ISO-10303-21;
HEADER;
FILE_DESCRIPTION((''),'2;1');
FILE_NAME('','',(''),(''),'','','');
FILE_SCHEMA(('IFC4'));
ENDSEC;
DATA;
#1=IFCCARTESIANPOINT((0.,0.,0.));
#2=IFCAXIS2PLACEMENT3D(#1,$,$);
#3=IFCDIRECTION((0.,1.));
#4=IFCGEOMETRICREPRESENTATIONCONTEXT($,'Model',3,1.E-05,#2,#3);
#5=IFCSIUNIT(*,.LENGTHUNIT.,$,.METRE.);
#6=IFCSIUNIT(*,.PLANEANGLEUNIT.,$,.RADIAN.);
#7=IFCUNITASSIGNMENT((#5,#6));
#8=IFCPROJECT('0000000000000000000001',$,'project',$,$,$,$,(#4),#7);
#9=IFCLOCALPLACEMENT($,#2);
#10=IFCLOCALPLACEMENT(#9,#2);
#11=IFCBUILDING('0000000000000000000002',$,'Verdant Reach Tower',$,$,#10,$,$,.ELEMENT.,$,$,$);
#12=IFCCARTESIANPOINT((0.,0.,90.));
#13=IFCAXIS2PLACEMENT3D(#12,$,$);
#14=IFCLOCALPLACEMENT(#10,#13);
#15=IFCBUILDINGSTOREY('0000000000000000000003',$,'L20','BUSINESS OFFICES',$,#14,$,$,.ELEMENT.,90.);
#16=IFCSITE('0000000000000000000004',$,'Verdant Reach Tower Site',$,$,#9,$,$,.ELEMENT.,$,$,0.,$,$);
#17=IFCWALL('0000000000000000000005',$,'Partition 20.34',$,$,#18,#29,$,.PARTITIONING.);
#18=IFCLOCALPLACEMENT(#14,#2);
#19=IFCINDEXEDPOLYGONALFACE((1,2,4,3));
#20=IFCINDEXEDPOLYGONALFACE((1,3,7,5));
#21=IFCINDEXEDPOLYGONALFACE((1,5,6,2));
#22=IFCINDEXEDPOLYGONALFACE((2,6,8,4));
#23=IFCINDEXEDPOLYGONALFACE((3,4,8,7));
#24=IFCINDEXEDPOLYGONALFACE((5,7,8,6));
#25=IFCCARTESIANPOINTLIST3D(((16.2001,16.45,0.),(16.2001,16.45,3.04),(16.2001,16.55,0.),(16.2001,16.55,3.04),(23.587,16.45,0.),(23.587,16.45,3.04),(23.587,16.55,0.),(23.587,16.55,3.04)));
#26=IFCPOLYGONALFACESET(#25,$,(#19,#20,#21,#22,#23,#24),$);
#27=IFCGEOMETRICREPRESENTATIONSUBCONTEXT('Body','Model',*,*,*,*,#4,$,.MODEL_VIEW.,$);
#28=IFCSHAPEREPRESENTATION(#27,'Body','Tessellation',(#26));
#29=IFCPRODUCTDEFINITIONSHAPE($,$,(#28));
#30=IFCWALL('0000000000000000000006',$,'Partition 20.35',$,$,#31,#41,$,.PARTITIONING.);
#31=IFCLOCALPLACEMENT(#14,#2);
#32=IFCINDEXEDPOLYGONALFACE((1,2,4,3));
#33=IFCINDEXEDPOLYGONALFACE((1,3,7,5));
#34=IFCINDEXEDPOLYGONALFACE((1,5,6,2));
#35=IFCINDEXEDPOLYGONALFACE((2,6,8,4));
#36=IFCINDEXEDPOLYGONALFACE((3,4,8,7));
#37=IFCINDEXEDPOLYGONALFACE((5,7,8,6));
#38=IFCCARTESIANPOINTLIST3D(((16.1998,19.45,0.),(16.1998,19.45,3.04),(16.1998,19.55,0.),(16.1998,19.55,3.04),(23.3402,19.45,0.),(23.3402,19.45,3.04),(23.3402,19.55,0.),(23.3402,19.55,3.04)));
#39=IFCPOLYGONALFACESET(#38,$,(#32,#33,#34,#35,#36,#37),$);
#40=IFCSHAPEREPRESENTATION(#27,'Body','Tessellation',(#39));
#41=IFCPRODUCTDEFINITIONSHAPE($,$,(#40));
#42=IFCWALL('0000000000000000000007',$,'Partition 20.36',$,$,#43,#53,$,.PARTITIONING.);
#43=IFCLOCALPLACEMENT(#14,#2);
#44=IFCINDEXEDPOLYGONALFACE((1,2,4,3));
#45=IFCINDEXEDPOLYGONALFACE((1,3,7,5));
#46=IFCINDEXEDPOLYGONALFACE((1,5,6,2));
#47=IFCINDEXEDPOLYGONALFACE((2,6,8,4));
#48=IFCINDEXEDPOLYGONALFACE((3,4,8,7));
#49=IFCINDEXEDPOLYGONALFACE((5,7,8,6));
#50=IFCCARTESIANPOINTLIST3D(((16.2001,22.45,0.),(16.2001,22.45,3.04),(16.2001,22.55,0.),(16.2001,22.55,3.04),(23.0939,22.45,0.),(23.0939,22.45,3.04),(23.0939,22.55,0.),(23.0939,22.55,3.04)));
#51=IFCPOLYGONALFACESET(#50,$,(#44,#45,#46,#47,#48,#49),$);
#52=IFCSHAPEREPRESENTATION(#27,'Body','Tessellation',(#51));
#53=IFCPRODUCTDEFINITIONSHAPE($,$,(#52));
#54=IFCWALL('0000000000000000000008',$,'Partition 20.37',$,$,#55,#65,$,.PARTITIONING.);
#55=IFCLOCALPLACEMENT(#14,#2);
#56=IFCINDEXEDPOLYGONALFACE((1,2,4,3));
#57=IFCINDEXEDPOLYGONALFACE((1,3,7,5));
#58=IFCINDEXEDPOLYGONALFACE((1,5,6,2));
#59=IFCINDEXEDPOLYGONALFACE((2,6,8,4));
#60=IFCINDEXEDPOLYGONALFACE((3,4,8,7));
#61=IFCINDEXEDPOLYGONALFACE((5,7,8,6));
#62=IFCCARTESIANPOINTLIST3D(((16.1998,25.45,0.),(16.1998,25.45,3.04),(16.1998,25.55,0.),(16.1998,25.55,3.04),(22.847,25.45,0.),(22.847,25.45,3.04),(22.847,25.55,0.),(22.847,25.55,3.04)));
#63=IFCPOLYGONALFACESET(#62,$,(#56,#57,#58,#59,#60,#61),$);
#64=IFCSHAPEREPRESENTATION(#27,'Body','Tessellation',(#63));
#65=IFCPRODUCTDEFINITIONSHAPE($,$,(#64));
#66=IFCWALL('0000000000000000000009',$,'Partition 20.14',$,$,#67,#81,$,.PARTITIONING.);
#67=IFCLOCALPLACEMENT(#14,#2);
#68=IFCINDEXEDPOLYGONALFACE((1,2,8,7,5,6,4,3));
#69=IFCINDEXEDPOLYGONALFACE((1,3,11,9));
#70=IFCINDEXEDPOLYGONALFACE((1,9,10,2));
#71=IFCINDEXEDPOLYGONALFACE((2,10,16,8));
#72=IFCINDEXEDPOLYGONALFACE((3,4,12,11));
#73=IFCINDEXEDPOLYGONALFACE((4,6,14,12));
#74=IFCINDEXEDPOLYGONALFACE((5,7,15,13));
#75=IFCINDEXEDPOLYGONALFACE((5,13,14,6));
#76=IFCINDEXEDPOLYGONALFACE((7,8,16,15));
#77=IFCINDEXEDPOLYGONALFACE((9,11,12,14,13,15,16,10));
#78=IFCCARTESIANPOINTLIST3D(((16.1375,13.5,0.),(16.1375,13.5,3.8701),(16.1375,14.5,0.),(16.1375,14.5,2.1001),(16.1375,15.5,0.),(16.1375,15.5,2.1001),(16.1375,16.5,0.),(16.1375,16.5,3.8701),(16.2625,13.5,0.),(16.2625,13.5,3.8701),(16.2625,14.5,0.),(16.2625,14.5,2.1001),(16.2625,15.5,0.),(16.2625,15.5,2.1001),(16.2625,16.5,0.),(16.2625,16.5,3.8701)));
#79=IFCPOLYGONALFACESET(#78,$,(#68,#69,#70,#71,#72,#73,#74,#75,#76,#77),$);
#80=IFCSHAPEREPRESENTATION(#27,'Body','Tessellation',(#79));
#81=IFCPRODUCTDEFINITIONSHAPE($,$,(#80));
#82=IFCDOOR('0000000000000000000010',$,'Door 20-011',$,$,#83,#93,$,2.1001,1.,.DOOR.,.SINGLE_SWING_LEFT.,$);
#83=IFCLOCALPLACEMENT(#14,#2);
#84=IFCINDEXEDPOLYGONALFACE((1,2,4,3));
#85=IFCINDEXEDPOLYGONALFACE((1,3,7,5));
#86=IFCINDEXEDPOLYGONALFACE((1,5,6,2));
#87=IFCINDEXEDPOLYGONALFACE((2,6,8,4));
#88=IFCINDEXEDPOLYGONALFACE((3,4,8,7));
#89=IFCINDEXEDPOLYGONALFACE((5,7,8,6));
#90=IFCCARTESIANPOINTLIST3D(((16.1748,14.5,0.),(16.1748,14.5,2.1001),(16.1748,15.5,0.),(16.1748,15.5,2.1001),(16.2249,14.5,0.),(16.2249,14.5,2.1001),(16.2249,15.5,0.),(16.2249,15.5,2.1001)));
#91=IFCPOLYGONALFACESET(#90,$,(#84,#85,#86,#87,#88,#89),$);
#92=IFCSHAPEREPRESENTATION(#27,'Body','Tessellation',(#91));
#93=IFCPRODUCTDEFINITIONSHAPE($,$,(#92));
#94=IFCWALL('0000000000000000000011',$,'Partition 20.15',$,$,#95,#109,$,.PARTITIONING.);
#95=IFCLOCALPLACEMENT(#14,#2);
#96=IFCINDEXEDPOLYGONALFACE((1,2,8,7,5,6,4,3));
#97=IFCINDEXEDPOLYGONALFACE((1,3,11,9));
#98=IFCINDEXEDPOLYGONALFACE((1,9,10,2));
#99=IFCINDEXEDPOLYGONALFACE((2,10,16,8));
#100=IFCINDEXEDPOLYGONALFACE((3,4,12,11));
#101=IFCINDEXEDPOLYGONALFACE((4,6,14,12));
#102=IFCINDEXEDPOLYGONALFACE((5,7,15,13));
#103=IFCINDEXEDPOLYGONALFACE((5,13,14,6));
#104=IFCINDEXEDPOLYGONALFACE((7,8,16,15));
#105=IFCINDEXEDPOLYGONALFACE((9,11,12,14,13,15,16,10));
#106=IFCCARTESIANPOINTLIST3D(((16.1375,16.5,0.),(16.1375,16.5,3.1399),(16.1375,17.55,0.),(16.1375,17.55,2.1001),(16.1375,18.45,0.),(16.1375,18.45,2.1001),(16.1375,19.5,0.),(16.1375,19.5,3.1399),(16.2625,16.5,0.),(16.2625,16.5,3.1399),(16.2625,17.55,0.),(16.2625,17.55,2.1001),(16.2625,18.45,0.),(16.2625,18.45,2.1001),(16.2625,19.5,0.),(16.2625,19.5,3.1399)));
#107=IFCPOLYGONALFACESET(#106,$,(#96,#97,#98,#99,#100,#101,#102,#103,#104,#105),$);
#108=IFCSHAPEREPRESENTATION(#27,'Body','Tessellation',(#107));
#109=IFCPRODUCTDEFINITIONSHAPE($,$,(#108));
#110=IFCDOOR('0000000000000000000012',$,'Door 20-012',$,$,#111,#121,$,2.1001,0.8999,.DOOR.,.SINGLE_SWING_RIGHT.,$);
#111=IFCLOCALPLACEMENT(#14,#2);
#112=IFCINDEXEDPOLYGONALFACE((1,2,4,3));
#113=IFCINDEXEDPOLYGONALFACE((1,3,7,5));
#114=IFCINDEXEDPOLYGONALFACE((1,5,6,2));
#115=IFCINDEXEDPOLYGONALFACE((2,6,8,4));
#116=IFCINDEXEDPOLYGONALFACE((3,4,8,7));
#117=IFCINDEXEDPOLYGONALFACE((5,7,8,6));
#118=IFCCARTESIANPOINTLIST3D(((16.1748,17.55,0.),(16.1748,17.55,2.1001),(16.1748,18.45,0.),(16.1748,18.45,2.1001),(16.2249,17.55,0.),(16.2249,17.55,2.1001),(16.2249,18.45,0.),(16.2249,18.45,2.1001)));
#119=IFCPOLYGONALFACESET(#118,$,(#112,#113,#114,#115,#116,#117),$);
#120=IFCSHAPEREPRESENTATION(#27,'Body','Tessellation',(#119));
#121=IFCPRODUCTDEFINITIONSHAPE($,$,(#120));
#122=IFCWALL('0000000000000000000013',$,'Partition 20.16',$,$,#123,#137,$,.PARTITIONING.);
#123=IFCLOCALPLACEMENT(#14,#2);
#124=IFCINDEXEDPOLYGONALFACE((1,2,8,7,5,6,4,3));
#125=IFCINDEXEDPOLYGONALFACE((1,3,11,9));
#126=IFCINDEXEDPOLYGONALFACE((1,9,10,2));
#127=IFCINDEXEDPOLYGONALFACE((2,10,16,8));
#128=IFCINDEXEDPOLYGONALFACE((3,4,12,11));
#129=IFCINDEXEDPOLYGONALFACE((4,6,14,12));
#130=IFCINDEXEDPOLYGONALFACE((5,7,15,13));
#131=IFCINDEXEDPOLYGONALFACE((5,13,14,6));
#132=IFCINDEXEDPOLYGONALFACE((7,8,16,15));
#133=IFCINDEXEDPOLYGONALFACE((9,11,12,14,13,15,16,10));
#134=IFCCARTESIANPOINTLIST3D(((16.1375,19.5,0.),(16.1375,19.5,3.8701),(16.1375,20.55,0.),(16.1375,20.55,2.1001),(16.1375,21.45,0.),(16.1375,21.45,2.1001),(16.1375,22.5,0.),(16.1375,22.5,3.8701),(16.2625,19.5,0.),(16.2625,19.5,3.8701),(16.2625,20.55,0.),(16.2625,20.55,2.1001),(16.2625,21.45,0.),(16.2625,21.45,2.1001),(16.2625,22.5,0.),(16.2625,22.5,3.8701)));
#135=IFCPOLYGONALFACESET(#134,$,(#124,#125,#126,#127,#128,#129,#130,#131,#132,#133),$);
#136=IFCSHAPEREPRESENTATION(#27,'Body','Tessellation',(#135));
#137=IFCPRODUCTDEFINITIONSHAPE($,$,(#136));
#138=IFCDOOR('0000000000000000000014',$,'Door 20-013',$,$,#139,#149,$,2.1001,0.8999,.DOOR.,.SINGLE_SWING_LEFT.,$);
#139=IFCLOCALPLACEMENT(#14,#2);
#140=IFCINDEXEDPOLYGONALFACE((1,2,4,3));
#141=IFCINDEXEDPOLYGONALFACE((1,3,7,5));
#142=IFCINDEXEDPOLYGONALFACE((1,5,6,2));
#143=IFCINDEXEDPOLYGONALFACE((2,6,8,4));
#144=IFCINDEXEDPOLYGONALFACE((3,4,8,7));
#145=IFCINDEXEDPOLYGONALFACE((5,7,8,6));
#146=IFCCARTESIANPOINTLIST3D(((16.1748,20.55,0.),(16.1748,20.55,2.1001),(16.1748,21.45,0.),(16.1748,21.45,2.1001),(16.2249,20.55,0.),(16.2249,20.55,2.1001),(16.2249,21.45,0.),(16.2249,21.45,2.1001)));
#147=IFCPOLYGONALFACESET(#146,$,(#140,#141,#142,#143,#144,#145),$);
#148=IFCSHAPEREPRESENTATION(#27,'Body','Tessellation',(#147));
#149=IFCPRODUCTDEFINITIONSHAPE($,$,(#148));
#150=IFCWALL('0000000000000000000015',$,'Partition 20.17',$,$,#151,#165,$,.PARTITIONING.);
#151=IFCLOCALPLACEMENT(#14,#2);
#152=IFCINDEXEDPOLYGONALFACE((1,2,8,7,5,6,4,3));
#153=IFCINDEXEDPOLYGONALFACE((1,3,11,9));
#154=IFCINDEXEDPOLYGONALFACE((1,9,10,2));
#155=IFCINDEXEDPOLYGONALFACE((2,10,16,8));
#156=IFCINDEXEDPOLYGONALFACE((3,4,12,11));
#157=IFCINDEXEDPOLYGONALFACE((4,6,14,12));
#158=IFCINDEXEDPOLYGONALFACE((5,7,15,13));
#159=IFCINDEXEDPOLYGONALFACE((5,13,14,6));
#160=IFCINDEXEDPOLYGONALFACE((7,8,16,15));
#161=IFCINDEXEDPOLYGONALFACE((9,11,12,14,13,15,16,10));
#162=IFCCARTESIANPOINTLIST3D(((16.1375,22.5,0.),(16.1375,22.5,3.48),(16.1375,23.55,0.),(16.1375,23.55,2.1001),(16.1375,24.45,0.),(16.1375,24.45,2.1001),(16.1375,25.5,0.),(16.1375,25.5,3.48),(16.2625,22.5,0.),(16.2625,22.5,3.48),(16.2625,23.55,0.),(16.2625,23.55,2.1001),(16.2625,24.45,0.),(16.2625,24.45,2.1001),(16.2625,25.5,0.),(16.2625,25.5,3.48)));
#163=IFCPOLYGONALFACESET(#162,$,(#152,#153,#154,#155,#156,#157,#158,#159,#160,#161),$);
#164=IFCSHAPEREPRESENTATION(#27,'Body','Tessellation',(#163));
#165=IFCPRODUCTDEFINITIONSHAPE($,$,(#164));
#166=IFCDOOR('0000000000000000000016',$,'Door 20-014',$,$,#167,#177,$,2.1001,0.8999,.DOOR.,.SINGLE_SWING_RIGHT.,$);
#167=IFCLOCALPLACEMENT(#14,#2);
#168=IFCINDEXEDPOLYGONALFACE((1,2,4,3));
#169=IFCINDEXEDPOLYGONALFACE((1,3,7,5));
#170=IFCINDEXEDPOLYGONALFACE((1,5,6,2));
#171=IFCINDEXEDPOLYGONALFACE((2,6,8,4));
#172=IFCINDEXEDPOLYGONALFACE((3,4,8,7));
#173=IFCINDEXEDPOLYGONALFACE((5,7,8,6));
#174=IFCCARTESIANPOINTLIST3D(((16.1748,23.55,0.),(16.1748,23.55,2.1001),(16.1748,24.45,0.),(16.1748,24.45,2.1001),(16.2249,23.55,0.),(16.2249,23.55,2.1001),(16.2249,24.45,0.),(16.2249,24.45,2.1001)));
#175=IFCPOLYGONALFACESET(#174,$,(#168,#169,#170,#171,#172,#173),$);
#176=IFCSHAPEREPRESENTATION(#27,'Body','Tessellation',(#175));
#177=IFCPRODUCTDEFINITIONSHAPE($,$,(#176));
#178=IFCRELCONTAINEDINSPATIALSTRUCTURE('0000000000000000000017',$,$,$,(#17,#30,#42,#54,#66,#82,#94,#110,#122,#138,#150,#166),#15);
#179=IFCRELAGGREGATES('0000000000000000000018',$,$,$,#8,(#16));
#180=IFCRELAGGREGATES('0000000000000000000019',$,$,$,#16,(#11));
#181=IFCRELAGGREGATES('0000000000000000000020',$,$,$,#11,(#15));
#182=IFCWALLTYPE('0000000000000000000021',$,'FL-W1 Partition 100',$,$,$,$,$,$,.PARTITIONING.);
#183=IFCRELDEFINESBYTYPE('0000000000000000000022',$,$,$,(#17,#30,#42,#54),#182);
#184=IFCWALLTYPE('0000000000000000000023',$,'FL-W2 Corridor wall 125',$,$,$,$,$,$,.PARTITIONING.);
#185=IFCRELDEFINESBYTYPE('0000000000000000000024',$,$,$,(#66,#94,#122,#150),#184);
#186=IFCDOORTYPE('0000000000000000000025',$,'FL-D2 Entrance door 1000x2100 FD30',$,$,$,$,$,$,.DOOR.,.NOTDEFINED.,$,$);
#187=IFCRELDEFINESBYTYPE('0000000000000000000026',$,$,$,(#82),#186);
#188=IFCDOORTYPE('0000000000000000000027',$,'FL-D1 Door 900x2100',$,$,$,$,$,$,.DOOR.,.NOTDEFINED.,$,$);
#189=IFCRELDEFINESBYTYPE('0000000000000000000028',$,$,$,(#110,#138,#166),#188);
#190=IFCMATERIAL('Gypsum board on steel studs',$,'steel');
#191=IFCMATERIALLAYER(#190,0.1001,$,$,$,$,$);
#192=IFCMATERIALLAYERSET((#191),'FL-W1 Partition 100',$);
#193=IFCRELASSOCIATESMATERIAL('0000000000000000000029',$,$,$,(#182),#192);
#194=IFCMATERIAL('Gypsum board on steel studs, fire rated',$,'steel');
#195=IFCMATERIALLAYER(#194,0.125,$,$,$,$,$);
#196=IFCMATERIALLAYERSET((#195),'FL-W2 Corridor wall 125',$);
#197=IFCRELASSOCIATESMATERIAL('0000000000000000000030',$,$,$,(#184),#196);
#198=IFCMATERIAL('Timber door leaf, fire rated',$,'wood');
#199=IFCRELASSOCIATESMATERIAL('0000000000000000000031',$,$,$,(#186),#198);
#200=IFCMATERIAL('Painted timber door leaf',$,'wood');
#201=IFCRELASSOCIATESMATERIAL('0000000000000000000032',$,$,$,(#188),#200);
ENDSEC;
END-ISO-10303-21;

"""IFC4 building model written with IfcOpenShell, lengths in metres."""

from ifc_helpers import new_model, si_unit, direction, frame, frame_2d, origin, place, context, subcontext, project, spatial, rectangle, extrude, material, layer, layer_set, type_object, element, fill, save


model = new_model("IFC4")

# Units and contexts
model_context = context("Model", 3, precision=1e-05, world=origin(), true_north=direction((0.0, 1.0)))
body_context = subcontext(model_context, "Body", "Model", "MODEL_VIEW")
ifc_project = project(units=[si_unit("LENGTHUNIT", "METRE"), si_unit("PLANEANGLEUNIT", "RADIAN")], contexts=[model_context])

# Site, building, storey
site_placement = place(None, origin())
site = spatial("IfcSite", under=ifc_project, at=site_placement, Name="Verdant Reach Tower Site", CompositionType="ELEMENT", RefElevation=0.0)
building_placement = place(site_placement, origin())
building = spatial("IfcBuilding", under=site, at=building_placement, Name="Verdant Reach Tower", CompositionType="ELEMENT")
storey_placement = place(building_placement, frame((0.0, 0.0, 90.0)))
storey = spatial("IfcBuildingStorey", under=building, at=storey_placement, Name="L20", Description="BUSINESS OFFICES", CompositionType="ELEMENT", Elevation=90.0)

# Walls
ifc_material_1 = material(Name="Gypsum board on steel studs", Category="steel")
ifc_layer_1 = layer(ifc_material_1, 0.1001)
ifc_layer_set_1 = layer_set([ifc_layer_1], Name="FL-W1 Partition 100")
wall_type_1 = type_object("IfcWallType", Name="FL-W1 Partition 100", PredefinedType="PARTITIONING", material=ifc_layer_set_1)
wall_1_placement = place(storey_placement, frame((23.5869, 16.5, 0.0), z_axis=(0.0, 0.0, 1.0), x_axis=(-1.0, 0.0, 0.0)))
element("IfcWall", 1, at=wall_1_placement, inside=storey, type_object=wall_type_1, Name="Partition 20.34", PredefinedType="PARTITIONING", context=body_context, shape_type="SweptSolid", body=[
    extrude(rectangle(XDim=7.387, YDim=0.1001, at=frame_2d((3.6934, 0.0))), origin(), (0.0, 0.0, 1.0), 3.04),
])
wall_2_placement = place(storey_placement, frame((23.3403, 19.5, 0.0), z_axis=(0.0, 0.0, 1.0), x_axis=(-1.0, 0.0, 0.0)))
element("IfcWall", 2, at=wall_2_placement, inside=storey, type_object=wall_type_1, Name="Partition 20.35", PredefinedType="PARTITIONING", context=body_context, shape_type="SweptSolid", body=[
    extrude(rectangle(XDim=7.1404, YDim=0.1001, at=frame_2d((3.5703, 0.0))), origin(), (0.0, 0.0, 1.0), 3.04),
])
wall_3_placement = place(storey_placement, frame((23.0938, 22.5, 0.0), z_axis=(0.0, 0.0, 1.0), x_axis=(-1.0, 0.0, 0.0)))
element("IfcWall", 3, at=wall_3_placement, inside=storey, type_object=wall_type_1, Name="Partition 20.36", PredefinedType="PARTITIONING", context=body_context, shape_type="SweptSolid", body=[
    extrude(rectangle(XDim=6.8938, YDim=0.1001, at=frame_2d((3.4468, 0.0))), origin(), (0.0, 0.0, 1.0), 3.04),
])
wall_4_placement = place(storey_placement, frame((22.8472, 25.5, 0.0), z_axis=(0.0, 0.0, 1.0), x_axis=(-1.0, 0.0, 0.0)))
element("IfcWall", 4, at=wall_4_placement, inside=storey, type_object=wall_type_1, Name="Partition 20.37", PredefinedType="PARTITIONING", context=body_context, shape_type="SweptSolid", body=[
    extrude(rectangle(XDim=6.6472, YDim=0.1001, at=frame_2d((3.3237, 0.0))), origin(), (0.0, 0.0, 1.0), 3.04),
])

# Walls, openings, doors
ifc_material_2 = material(Name="Gypsum board on steel studs, fire rated", Category="steel")
ifc_layer_2 = layer(ifc_material_2, 0.125)
ifc_layer_set_2 = layer_set([ifc_layer_2], Name="FL-W2 Corridor wall 125")
wall_type_2 = type_object("IfcWallType", Name="FL-W2 Corridor wall 125", PredefinedType="PARTITIONING", material=ifc_layer_set_2)
wall_5_placement = place(storey_placement, frame((16.2, 16.5, 0.0), z_axis=(0.0, 0.0, 1.0), x_axis=(0.0, -1.0, 0.0)))
wall_5 = element("IfcWall", 5, at=wall_5_placement, inside=storey, type_object=wall_type_2, Name="Partition 20.14", PredefinedType="PARTITIONING", context=body_context, shape_type="SweptSolid", body=[
    extrude(rectangle(XDim=3.0, YDim=0.125, at=frame_2d((1.5, 0.0))), origin(), (0.0, 0.0, 1.0), 3.8701),
])
opening_1_placement = place(wall_5_placement, frame((1.0, 0.0, 0.0)))
opening_1 = element("IfcOpeningElement", 6, at=opening_1_placement, cuts=wall_5, PredefinedType="OPENING", context=body_context, shape_type="SweptSolid", body=[
    extrude(rectangle(XDim=1.0, YDim=2.1001, at=frame_2d((0.5, 1.05))), frame((0.0, 0.0725, 0.0), z_axis=(0.0, -1.0, 0.0), x_axis=(1.0, 0.0, 0.0)), (0.0, 0.0, 1.0), 0.145),
])
ifc_material_3 = material(Name="Timber door leaf, fire rated", Category="wood")
door_type_1 = type_object("IfcDoorType", Name="FL-D2 Entrance door 1000x2100 FD30", OperationType="NOTDEFINED", PredefinedType="DOOR", material=ifc_material_3)
door_1_placement = place(opening_1_placement, origin())
door_1 = element("IfcDoor", 7, at=door_1_placement, inside=storey, type_object=door_type_1, Name="Door 20-011", OperationType="SINGLE_SWING_LEFT", OverallHeight=2.1001, OverallWidth=1.0, PredefinedType="DOOR", context=body_context, shape_type="SweptSolid", body=[
    extrude(rectangle(XDim=1.0, YDim=2.1001, at=frame_2d((0.5, 1.05))), frame((0.0, 0.0249, 0.0), z_axis=(0.0, -1.0, 0.0), x_axis=(1.0, 0.0, 0.0)), (0.0, 0.0, 1.0), 0.05),
])
fill(opening_1, door_1)
wall_6_placement = place(storey_placement, frame((16.2, 19.5, 0.0), z_axis=(0.0, 0.0, 1.0), x_axis=(0.0, -1.0, 0.0)))
wall_6 = element("IfcWall", 8, at=wall_6_placement, inside=storey, type_object=wall_type_2, Name="Partition 20.15", PredefinedType="PARTITIONING", context=body_context, shape_type="SweptSolid", body=[
    extrude(rectangle(XDim=3.0, YDim=0.125, at=frame_2d((1.5, 0.0))), origin(), (0.0, 0.0, 1.0), 3.1399),
])
opening_2_placement = place(wall_6_placement, frame((1.05, 0.0, 0.0)))
opening_2 = element("IfcOpeningElement", 9, at=opening_2_placement, cuts=wall_6, PredefinedType="OPENING", context=body_context, shape_type="SweptSolid", body=[
    extrude(rectangle(XDim=0.8999, YDim=2.1001, at=frame_2d((0.45, 1.05))), frame((0.0, 0.0725, 0.0), z_axis=(0.0, -1.0, 0.0), x_axis=(1.0, 0.0, 0.0)), (0.0, 0.0, 1.0), 0.145),
])
ifc_material_4 = material(Name="Painted timber door leaf", Category="wood")
door_type_2 = type_object("IfcDoorType", Name="FL-D1 Door 900x2100", OperationType="NOTDEFINED", PredefinedType="DOOR", material=ifc_material_4)
door_2_placement = place(opening_2_placement, origin())
door_2 = element("IfcDoor", 10, at=door_2_placement, inside=storey, type_object=door_type_2, Name="Door 20-012", OperationType="SINGLE_SWING_RIGHT", OverallHeight=2.1001, OverallWidth=0.8999, PredefinedType="DOOR", context=body_context, shape_type="SweptSolid", body=[
    extrude(rectangle(XDim=0.8999, YDim=2.1001, at=frame_2d((0.45, 1.05))), frame((0.0, 0.0249, 0.0), z_axis=(0.0, -1.0, 0.0), x_axis=(1.0, 0.0, 0.0)), (0.0, 0.0, 1.0), 0.05),
])
fill(opening_2, door_2)
wall_7_placement = place(storey_placement, frame((16.2, 22.5, 0.0), z_axis=(0.0, 0.0, 1.0), x_axis=(0.0, -1.0, 0.0)))
wall_7 = element("IfcWall", 11, at=wall_7_placement, inside=storey, type_object=wall_type_2, Name="Partition 20.16", PredefinedType="PARTITIONING", context=body_context, shape_type="SweptSolid", body=[
    extrude(rectangle(XDim=3.0, YDim=0.125, at=frame_2d((1.5, 0.0))), origin(), (0.0, 0.0, 1.0), 3.8701),
])
opening_3_placement = place(wall_7_placement, frame((1.05, 0.0, 0.0)))
opening_3 = element("IfcOpeningElement", 12, at=opening_3_placement, cuts=wall_7, PredefinedType="OPENING", context=body_context, shape_type="SweptSolid", body=[
    extrude(rectangle(XDim=0.8999, YDim=2.1001, at=frame_2d((0.45, 1.05))), frame((0.0, 0.0725, 0.0), z_axis=(0.0, -1.0, 0.0), x_axis=(1.0, 0.0, 0.0)), (0.0, 0.0, 1.0), 0.145),
])
door_3_placement = place(opening_3_placement, origin())
door_3 = element("IfcDoor", 13, at=door_3_placement, inside=storey, type_object=door_type_2, Name="Door 20-013", OperationType="SINGLE_SWING_LEFT", OverallHeight=2.1001, OverallWidth=0.8999, PredefinedType="DOOR", context=body_context, shape_type="SweptSolid", body=[
    extrude(rectangle(XDim=0.8999, YDim=2.1001, at=frame_2d((0.45, 1.05))), frame((0.0, 0.0249, 0.0), z_axis=(0.0, -1.0, 0.0), x_axis=(1.0, 0.0, 0.0)), (0.0, 0.0, 1.0), 0.05),
])
fill(opening_3, door_3)
wall_8_placement = place(storey_placement, frame((16.2, 25.5, 0.0), z_axis=(0.0, 0.0, 1.0), x_axis=(0.0, -1.0, 0.0)))
wall_8 = element("IfcWall", 14, at=wall_8_placement, inside=storey, type_object=wall_type_2, Name="Partition 20.17", PredefinedType="PARTITIONING", context=body_context, shape_type="SweptSolid", body=[
    extrude(rectangle(XDim=3.0, YDim=0.125, at=frame_2d((1.5, 0.0))), origin(), (0.0, 0.0, 1.0), 3.48),
])
opening_4_placement = place(wall_8_placement, frame((1.05, 0.0, 0.0)))
opening_4 = element("IfcOpeningElement", 15, at=opening_4_placement, cuts=wall_8, PredefinedType="OPENING", context=body_context, shape_type="SweptSolid", body=[
    extrude(rectangle(XDim=0.8999, YDim=2.1001, at=frame_2d((0.45, 1.05))), frame((0.0, 0.0725, 0.0), z_axis=(0.0, -1.0, 0.0), x_axis=(1.0, 0.0, 0.0)), (0.0, 0.0, 1.0), 0.145),
])
door_4_placement = place(opening_4_placement, origin())
door_4 = element("IfcDoor", 16, at=door_4_placement, inside=storey, type_object=door_type_2, Name="Door 20-014", OperationType="SINGLE_SWING_RIGHT", OverallHeight=2.1001, OverallWidth=0.8999, PredefinedType="DOOR", context=body_context, shape_type="SweptSolid", body=[
    extrude(rectangle(XDim=0.8999, YDim=2.1001, at=frame_2d((0.45, 1.05))), frame((0.0, 0.0249, 0.0), z_axis=(0.0, -1.0, 0.0), x_axis=(1.0, 0.0, 0.0)), (0.0, 0.0, 1.0), 0.05),
])
fill(opening_4, door_4)

save(model, "model.ifc")
